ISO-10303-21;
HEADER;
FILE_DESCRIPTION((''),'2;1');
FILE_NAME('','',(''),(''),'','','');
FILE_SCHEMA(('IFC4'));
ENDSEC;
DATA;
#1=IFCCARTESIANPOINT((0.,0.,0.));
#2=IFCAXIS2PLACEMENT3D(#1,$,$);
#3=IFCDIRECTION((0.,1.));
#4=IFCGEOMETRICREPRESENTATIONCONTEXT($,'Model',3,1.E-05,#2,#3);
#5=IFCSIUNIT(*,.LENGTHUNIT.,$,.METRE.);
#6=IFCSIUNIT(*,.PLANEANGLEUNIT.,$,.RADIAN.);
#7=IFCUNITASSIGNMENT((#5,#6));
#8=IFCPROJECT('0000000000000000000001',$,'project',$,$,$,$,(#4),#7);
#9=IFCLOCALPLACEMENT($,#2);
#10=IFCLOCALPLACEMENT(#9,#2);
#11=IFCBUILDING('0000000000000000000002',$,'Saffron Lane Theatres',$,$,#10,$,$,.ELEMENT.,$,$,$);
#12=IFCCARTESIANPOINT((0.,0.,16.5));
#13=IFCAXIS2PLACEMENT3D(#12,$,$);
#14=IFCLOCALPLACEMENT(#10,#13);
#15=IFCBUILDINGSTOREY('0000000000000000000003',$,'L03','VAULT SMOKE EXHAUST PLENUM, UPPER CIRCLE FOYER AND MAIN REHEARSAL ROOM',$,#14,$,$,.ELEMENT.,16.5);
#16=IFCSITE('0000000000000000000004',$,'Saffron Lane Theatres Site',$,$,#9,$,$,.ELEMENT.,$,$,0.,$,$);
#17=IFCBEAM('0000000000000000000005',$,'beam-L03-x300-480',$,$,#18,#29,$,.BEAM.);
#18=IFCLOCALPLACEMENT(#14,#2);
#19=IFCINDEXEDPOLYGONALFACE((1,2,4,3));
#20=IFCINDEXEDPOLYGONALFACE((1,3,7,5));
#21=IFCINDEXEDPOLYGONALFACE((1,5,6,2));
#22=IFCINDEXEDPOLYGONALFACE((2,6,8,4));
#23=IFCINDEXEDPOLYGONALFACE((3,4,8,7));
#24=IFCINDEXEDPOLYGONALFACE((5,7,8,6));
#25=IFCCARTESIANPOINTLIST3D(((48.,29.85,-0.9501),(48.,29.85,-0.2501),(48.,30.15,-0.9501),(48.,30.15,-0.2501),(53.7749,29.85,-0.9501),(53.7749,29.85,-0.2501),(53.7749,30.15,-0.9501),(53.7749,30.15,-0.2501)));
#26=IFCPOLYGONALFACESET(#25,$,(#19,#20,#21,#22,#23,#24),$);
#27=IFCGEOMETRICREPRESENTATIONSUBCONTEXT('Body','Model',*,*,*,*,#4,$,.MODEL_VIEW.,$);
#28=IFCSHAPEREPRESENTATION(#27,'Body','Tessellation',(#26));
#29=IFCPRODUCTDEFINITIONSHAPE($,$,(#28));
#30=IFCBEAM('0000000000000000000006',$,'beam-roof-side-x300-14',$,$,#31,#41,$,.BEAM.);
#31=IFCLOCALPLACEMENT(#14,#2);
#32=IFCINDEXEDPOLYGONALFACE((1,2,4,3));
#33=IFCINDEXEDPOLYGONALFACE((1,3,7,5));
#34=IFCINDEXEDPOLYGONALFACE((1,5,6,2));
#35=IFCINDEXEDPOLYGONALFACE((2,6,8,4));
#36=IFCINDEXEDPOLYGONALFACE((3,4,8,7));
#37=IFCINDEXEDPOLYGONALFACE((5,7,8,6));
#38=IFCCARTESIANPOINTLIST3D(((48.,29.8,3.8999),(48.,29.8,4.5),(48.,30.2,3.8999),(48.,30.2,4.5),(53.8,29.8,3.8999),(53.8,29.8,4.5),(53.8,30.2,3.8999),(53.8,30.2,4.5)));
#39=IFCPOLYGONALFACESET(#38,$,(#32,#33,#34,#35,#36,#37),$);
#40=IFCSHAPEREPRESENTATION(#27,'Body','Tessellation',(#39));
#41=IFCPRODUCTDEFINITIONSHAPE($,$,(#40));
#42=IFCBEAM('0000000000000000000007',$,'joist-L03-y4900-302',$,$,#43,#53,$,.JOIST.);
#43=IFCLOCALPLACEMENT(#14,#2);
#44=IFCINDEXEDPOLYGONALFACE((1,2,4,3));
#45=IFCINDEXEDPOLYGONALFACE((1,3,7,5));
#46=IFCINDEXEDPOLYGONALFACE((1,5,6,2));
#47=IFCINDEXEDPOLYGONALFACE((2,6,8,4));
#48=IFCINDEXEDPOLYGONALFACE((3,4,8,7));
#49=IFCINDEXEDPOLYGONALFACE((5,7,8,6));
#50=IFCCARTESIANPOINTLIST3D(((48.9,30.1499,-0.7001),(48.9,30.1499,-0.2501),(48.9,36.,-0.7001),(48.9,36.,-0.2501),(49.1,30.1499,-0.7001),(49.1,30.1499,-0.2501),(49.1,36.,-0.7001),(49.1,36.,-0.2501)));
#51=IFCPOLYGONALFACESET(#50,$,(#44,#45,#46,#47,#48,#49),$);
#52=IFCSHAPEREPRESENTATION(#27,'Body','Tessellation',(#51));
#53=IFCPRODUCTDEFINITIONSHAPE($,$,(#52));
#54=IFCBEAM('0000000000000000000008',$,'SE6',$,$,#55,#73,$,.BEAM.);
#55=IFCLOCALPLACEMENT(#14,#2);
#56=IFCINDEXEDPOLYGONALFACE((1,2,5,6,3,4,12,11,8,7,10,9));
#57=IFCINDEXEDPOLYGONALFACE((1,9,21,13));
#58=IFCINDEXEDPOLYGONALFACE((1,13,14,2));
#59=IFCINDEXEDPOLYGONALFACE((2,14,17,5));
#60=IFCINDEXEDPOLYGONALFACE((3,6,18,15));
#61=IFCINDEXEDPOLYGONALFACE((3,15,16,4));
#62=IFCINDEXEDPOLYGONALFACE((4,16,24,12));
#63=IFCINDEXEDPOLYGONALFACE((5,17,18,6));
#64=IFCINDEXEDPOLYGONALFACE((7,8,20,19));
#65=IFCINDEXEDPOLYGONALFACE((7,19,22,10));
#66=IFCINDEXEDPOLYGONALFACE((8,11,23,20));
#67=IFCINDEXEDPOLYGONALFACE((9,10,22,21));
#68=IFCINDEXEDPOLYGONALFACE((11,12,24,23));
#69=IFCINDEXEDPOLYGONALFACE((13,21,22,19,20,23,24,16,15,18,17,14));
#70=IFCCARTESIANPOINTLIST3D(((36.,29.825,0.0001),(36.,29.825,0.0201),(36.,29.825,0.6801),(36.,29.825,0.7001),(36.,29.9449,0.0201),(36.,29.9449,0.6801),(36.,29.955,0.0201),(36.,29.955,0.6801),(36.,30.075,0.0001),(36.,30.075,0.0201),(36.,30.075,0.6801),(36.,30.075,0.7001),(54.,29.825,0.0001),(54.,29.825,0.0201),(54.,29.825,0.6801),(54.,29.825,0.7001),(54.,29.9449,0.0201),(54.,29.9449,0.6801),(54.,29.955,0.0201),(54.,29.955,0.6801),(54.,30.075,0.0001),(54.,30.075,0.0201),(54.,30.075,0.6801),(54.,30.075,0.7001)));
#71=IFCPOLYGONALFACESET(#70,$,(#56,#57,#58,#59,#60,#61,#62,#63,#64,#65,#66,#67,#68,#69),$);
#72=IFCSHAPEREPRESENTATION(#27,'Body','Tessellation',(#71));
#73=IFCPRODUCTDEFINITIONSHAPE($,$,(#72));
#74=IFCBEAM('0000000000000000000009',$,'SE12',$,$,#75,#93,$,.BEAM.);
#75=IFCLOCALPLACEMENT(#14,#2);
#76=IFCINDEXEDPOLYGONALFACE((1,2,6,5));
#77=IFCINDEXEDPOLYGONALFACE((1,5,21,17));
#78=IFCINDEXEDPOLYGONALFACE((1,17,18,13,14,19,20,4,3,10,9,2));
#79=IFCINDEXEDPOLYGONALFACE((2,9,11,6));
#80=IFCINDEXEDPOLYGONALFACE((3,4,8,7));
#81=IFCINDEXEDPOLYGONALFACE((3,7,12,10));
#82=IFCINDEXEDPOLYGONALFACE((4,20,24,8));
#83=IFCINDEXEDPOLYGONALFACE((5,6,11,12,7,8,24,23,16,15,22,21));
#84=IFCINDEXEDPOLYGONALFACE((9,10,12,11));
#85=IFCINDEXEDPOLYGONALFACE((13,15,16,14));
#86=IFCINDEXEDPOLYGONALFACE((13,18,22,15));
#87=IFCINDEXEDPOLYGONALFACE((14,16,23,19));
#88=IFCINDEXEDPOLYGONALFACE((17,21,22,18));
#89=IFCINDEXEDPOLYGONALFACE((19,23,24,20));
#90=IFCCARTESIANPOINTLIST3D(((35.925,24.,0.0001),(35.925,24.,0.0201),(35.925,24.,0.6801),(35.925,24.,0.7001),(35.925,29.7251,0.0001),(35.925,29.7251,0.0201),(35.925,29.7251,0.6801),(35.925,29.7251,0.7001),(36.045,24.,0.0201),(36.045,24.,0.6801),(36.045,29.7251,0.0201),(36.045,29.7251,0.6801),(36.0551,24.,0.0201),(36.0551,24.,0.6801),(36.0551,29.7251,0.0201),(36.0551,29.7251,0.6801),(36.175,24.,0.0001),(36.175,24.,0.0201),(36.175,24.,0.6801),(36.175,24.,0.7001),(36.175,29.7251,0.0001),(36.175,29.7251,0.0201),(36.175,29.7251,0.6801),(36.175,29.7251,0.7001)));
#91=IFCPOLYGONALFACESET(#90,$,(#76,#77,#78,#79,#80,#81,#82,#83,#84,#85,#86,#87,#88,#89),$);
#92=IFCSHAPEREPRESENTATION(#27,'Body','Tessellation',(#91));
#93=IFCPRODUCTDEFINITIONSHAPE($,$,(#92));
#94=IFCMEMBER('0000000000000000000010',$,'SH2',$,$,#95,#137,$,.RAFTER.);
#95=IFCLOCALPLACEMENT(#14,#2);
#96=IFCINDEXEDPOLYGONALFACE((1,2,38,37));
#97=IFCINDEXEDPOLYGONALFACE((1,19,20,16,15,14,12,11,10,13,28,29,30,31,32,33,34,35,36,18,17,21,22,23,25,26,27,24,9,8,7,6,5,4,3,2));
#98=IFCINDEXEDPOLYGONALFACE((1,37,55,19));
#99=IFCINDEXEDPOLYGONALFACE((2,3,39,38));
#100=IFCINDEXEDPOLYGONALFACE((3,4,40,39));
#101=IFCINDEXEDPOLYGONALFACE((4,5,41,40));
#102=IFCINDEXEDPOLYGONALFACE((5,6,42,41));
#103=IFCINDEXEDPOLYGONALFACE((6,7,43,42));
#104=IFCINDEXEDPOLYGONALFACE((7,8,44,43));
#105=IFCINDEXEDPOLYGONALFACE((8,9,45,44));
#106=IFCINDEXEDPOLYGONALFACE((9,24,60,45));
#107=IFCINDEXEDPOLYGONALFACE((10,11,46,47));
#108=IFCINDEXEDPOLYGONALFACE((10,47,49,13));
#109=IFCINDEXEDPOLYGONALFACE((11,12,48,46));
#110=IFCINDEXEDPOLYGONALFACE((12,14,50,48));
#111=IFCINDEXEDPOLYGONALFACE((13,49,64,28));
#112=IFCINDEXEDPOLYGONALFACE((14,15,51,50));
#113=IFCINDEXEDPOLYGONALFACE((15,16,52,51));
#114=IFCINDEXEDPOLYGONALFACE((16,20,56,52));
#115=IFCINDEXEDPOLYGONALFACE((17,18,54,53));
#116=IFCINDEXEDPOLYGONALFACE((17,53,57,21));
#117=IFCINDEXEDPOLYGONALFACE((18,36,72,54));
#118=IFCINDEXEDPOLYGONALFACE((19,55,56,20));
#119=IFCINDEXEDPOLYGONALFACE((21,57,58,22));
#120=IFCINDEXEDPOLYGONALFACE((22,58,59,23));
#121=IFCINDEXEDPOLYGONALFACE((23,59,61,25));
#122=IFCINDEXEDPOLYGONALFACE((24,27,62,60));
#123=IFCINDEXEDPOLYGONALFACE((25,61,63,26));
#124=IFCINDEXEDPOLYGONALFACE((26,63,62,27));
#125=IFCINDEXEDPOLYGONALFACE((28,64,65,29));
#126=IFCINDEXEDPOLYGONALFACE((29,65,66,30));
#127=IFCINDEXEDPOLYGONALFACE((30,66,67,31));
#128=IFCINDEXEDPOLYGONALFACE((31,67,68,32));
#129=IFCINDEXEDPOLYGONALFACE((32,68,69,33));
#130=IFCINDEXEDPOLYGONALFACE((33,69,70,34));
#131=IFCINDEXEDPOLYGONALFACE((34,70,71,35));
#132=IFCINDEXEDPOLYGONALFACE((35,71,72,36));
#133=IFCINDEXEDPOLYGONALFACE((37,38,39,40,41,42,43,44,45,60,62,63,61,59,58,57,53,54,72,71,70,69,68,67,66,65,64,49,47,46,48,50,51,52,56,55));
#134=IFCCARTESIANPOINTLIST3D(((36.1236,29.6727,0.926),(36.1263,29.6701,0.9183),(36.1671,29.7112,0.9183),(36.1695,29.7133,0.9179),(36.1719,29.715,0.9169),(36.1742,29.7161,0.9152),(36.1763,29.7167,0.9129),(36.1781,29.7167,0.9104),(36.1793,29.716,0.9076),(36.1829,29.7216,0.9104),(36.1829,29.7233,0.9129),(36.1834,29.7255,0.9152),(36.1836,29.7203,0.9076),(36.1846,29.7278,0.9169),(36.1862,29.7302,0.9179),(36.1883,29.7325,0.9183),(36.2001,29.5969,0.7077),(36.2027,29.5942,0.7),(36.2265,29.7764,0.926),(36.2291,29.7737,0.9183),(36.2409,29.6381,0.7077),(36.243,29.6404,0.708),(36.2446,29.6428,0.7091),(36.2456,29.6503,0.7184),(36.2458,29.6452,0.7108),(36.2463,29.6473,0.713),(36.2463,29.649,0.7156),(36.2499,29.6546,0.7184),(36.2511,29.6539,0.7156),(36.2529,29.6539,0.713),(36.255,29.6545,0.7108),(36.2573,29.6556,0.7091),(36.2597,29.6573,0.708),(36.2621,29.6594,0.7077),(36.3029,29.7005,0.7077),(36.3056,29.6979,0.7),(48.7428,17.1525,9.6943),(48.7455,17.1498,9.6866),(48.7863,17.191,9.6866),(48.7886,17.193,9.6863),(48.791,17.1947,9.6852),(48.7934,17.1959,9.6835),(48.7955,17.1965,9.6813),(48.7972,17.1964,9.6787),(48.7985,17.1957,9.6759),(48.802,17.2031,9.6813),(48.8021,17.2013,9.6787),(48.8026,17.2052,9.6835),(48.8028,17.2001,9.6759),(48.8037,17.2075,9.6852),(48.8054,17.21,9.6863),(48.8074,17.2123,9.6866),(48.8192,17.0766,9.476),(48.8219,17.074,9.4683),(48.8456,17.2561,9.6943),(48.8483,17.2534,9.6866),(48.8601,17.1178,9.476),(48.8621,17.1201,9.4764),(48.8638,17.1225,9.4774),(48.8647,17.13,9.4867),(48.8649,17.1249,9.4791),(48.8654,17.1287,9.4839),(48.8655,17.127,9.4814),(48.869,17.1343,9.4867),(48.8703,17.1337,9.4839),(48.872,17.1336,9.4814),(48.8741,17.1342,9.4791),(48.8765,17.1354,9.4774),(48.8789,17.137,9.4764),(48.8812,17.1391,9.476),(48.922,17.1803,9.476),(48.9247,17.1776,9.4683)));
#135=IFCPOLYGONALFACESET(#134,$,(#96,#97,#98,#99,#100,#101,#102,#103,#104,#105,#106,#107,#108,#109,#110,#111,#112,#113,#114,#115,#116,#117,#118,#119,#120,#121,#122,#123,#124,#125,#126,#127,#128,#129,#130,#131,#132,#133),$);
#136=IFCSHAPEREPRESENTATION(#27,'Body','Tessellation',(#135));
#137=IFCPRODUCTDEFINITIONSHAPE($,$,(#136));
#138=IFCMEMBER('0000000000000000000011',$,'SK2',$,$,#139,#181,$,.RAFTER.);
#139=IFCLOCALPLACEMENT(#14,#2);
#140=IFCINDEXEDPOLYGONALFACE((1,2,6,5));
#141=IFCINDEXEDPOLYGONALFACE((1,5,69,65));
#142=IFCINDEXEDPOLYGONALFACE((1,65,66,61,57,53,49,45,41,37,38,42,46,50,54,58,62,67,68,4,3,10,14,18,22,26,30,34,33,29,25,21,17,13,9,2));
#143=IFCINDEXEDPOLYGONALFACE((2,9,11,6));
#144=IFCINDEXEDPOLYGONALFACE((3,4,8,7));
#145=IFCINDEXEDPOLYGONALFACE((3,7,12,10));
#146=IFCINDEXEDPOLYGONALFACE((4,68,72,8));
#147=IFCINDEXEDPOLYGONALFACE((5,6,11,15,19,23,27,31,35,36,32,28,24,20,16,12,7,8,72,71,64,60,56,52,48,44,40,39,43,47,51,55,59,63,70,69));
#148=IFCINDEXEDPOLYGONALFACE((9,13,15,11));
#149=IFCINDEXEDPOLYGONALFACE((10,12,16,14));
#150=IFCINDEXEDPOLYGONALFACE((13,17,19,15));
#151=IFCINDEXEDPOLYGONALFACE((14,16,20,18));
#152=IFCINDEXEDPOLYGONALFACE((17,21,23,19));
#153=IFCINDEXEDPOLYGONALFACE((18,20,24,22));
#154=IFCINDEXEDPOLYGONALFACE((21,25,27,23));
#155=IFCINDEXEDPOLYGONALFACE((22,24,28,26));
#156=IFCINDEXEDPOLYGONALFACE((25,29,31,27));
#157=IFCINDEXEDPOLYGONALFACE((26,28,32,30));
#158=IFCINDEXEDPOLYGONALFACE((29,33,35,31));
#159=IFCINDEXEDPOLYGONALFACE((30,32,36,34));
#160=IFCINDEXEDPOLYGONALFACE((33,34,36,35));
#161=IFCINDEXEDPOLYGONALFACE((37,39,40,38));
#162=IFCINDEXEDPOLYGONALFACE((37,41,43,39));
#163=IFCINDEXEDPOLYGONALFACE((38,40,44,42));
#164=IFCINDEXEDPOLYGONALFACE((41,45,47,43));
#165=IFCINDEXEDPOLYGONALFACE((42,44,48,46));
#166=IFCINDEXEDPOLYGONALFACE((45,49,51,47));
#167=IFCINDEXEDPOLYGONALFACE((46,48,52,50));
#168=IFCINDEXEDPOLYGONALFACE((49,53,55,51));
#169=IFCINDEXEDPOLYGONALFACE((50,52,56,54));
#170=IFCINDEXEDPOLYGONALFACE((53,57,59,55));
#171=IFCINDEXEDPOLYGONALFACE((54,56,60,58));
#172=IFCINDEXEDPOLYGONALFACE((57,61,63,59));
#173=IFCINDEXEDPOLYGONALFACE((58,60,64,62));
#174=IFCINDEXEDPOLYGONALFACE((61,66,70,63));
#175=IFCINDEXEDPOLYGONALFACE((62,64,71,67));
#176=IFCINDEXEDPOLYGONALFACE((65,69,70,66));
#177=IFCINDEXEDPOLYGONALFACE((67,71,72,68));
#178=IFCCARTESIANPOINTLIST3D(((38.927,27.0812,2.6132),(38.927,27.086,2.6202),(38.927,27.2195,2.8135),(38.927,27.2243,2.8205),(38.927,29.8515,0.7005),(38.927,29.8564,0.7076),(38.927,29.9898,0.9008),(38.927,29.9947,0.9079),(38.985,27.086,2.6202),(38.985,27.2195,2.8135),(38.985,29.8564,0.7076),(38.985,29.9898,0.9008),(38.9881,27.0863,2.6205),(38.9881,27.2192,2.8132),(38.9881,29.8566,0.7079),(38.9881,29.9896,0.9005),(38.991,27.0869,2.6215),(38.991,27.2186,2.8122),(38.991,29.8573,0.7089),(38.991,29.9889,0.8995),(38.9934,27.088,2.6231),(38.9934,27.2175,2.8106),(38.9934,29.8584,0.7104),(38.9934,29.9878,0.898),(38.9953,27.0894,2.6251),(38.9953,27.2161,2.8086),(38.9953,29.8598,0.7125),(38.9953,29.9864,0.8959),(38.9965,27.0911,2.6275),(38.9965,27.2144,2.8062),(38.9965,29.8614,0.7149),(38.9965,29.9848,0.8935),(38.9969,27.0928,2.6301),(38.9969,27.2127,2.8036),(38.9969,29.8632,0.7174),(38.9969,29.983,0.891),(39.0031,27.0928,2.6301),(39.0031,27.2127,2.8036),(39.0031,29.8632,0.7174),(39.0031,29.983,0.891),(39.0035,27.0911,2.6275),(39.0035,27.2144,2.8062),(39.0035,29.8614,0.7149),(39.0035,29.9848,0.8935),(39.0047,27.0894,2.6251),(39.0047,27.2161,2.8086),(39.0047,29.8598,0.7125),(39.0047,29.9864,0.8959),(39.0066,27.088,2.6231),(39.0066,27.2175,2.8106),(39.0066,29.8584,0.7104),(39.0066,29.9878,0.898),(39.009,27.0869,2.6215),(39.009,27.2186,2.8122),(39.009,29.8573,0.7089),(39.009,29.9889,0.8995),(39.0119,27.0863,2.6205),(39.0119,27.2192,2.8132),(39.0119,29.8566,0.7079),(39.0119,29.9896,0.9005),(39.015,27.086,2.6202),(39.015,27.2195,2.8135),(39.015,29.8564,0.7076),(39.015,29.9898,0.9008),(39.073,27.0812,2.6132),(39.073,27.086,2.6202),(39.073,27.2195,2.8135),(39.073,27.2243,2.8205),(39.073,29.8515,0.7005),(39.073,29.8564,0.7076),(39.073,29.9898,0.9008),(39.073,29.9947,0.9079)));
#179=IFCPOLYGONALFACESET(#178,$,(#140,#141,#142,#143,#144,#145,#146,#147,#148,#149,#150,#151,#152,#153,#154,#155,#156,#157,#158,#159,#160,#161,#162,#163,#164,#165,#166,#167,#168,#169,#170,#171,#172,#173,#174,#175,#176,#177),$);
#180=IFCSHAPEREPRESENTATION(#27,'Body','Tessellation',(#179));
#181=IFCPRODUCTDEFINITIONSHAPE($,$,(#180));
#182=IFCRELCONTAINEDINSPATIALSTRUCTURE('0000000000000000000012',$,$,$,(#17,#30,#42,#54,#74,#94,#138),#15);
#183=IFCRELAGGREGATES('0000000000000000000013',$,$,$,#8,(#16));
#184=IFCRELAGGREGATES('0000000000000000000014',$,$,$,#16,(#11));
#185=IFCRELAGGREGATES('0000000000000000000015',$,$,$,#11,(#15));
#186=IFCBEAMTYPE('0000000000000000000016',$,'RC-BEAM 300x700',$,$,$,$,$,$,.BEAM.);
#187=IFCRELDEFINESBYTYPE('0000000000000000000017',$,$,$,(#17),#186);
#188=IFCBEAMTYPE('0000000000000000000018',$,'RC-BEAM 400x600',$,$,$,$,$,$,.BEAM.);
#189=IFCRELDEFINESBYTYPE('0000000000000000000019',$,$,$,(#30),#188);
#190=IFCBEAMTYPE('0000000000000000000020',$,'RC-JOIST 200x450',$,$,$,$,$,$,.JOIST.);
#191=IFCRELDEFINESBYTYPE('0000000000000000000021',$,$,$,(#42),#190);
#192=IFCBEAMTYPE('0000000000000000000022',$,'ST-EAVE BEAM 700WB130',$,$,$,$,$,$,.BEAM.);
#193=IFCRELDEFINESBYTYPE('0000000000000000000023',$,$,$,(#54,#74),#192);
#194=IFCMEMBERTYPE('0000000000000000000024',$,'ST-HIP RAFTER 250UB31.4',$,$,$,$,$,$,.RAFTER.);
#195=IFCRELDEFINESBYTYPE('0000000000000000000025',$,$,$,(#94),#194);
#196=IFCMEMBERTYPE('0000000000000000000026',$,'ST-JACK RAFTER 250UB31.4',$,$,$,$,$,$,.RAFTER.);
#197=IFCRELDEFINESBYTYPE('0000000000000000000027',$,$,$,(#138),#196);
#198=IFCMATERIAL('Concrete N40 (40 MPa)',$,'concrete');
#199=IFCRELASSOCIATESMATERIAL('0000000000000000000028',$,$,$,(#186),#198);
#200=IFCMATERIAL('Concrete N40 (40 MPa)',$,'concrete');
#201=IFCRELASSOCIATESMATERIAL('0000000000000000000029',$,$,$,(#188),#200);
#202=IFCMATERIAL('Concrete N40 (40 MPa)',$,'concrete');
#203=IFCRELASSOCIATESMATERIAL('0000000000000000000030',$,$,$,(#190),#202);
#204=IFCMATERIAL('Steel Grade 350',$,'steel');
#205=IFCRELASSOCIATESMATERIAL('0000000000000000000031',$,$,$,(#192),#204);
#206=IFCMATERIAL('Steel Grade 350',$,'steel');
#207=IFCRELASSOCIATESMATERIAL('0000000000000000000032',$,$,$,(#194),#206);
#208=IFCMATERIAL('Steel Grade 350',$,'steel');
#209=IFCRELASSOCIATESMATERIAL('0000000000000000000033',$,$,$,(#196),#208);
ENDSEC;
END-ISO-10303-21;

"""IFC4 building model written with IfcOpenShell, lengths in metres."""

from ifc_helpers import new_model, si_unit, direction, frame, origin, origin_2d, place, context, subcontext, project, spatial, rectangle, i_section, extrude, material, material_profile, profile_set, type_object, element, save


model = new_model("IFC4")

# Units and contexts
model_context = context("Model", 3, precision=1e-05, world=origin(), true_north=direction((0.0, 1.0)))
body_context = subcontext(model_context, "Body", "Model", "MODEL_VIEW")
ifc_project = project(units=[si_unit("LENGTHUNIT", "METRE"), si_unit("PLANEANGLEUNIT", "RADIAN")], contexts=[model_context])

# Site, building, storey
site_placement = place(None, origin())
site = spatial("IfcSite", under=ifc_project, at=site_placement, Name="Saffron Lane Theatres Site", CompositionType="ELEMENT", RefElevation=0.0)
building_placement = place(site_placement, origin())
building = spatial("IfcBuilding", under=site, at=building_placement, Name="Saffron Lane Theatres", CompositionType="ELEMENT")
storey_placement = place(building_placement, frame((0.0, 0.0, 16.5)))
storey = spatial("IfcBuildingStorey", under=building, at=storey_placement, Name="L03", Description="VAULT SMOKE EXHAUST PLENUM, UPPER CIRCLE FOYER AND MAIN REHEARSAL ROOM", CompositionType="ELEMENT", Elevation=16.5)

# Beams
ifc_material_1 = material(Name="Concrete N40 (40 MPa)", Category="concrete")
ifc_material_profile_1 = material_profile(ifc_material_1, rectangle(XDim=0.3, YDim=0.7, at=origin_2d()))
ifc_profile_set_1 = profile_set([ifc_material_profile_1], Name="Concrete N40 (40 MPa)")
beam_type_1 = type_object("IfcBeamType", Name="RC-BEAM 300x700", PredefinedType="BEAM", material=ifc_profile_set_1)
beam_1_placement = place(storey_placement, frame((48.0, 30.0, -0.6001), z_axis=(1.0, 0.0, 0.0), x_axis=(0.0, 1.0, 0.0)))
element("IfcBeam", 1, at=beam_1_placement, inside=storey, type_object=beam_type_1, Name="beam-L03-x300-480", PredefinedType="BEAM", context=body_context, shape_type="SweptSolid", body=[
    extrude(rectangle(XDim=0.3, YDim=0.7, at=origin_2d()), origin(), (0.0, 0.0, 1.0), 5.7749),
])
ifc_material_2 = material(Name="Concrete N40 (40 MPa)", Category="concrete")
ifc_material_profile_2 = material_profile(ifc_material_2, rectangle(XDim=0.3999, YDim=0.6001, at=origin_2d()))
ifc_profile_set_2 = profile_set([ifc_material_profile_2], Name="Concrete N40 (40 MPa)")
beam_type_2 = type_object("IfcBeamType", Name="RC-BEAM 400x600", PredefinedType="BEAM", material=ifc_profile_set_2)
beam_2_placement = place(storey_placement, frame((48.0, 30.0, 4.2), z_axis=(1.0, 0.0, 0.0), x_axis=(0.0, 1.0, 0.0)))
element("IfcBeam", 2, at=beam_2_placement, inside=storey, type_object=beam_type_2, Name="beam-roof-side-x300-14", PredefinedType="BEAM", context=body_context, shape_type="SweptSolid", body=[
    extrude(rectangle(XDim=0.3999, YDim=0.6001, at=origin_2d()), origin(), (0.0, 0.0, 1.0), 5.8),
])
ifc_material_3 = material(Name="Concrete N40 (40 MPa)", Category="concrete")
ifc_material_profile_3 = material_profile(ifc_material_3, rectangle(XDim=0.2, YDim=0.45, at=origin_2d()))
ifc_profile_set_3 = profile_set([ifc_material_profile_3], Name="Concrete N40 (40 MPa)")
beam_type_3 = type_object("IfcBeamType", Name="RC-JOIST 200x450", PredefinedType="JOIST", material=ifc_profile_set_3)
beam_3_placement = place(storey_placement, frame((49.0, 30.1499, -0.4751), z_axis=(0.0, 1.0, 0.0), x_axis=(-1.0, 0.0, 0.0)))
element("IfcBeam", 3, at=beam_3_placement, inside=storey, type_object=beam_type_3, Name="joist-L03-y4900-302", PredefinedType="JOIST", context=body_context, shape_type="SweptSolid", body=[
    extrude(rectangle(XDim=0.2, YDim=0.45, at=origin_2d()), origin(), (0.0, 0.0, 1.0), 5.8501),
])
ifc_material_4 = material(Name="Steel Grade 350", Category="steel")
ifc_material_profile_4 = material_profile(ifc_material_4, i_section(OverallWidth=0.25, OverallDepth=0.7, WebThickness=0.01, FlangeThickness=0.02, at=origin_2d()))
ifc_profile_set_4 = profile_set([ifc_material_profile_4], Name="Steel Grade 350")
beam_type_4 = type_object("IfcBeamType", Name="ST-EAVE BEAM 700WB130", PredefinedType="BEAM", material=ifc_profile_set_4)
beam_4_placement = place(storey_placement, frame((36.0, 29.95, 0.3501), z_axis=(1.0, 0.0, 0.0), x_axis=(0.0, 1.0, 0.0)))
element("IfcBeam", 4, at=beam_4_placement, inside=storey, type_object=beam_type_4, Name="SE6", PredefinedType="BEAM", context=body_context, shape_type="SweptSolid", body=[
    extrude(i_section(OverallWidth=0.25, OverallDepth=0.7, WebThickness=0.01, FlangeThickness=0.02, at=origin_2d()), origin(), (0.0, 0.0, 1.0), 18.0),
])
beam_5_placement = place(storey_placement, frame((36.05, 24.0, 0.3501), z_axis=(0.0, 1.0, 0.0), x_axis=(-1.0, 0.0, 0.0)))
element("IfcBeam", 5, at=beam_5_placement, inside=storey, type_object=beam_type_4, Name="SE12", PredefinedType="BEAM", context=body_context, shape_type="SweptSolid", body=[
    extrude(i_section(OverallWidth=0.25, OverallDepth=0.7, WebThickness=0.01, FlangeThickness=0.02, at=origin_2d()), origin(), (0.0, 0.0, 1.0), 5.7251),
])

# Members
ifc_material_5 = material(Name="Steel Grade 350", Category="steel")
ifc_material_profile_5 = material_profile(ifc_material_5, i_section(OverallWidth=0.146, OverallDepth=0.252, WebThickness=0.0061, FlangeThickness=0.0085, FilletRadius=0.012, at=origin_2d()))
ifc_profile_set_5 = profile_set([ifc_material_profile_5], Name="Steel Grade 350")
member_type_1 = type_object("IfcMemberType", Name="ST-HIP RAFTER 250UB31.4", PredefinedType="RAFTER", material=ifc_profile_set_5)
member_1_placement = place(storey_placement, frame((36.2146, 29.6853, 0.813), z_axis=(0.636646, -0.631658, 0.442369), x_axis=(0.70432, 0.709882, 0.0)))
element("IfcMember", 6, at=member_1_placement, inside=storey, type_object=member_type_1, Name="SH2", PredefinedType="RAFTER", context=body_context, shape_type="SweptSolid", body=[
    extrude(i_section(OverallWidth=0.146, OverallDepth=0.252, WebThickness=0.0061, FlangeThickness=0.0085, FilletRadius=0.012, at=origin_2d()), origin(), (0.0, 0.0, 1.0), 19.8213),
])
ifc_material_6 = material(Name="Steel Grade 350", Category="steel")
ifc_material_profile_6 = material_profile(ifc_material_6, i_section(OverallWidth=0.146, OverallDepth=0.252, WebThickness=0.0061, FlangeThickness=0.0085, FilletRadius=0.012, at=origin_2d()))
ifc_profile_set_6 = profile_set([ifc_material_profile_6], Name="Steel Grade 350")
member_type_2 = type_object("IfcMemberType", Name="ST-JACK RAFTER 250UB31.4", PredefinedType="RAFTER", material=ifc_profile_set_6)
member_2_placement = place(storey_placement, frame((39.0, 29.9231, 0.8042), z_axis=(0.0, -0.822925, 0.56815), x_axis=(1.0, 0.0, 0.0)))
element("IfcMember", 7, at=member_2_placement, inside=storey, type_object=member_type_2, Name="SK2", PredefinedType="RAFTER", context=body_context, shape_type="SweptSolid", body=[
    extrude(i_section(OverallWidth=0.146, OverallDepth=0.252, WebThickness=0.0061, FlangeThickness=0.0085, FilletRadius=0.012, at=origin_2d()), origin(), (0.0, 0.0, 1.0), 3.3665),
])

save(model, "model.ifc")
